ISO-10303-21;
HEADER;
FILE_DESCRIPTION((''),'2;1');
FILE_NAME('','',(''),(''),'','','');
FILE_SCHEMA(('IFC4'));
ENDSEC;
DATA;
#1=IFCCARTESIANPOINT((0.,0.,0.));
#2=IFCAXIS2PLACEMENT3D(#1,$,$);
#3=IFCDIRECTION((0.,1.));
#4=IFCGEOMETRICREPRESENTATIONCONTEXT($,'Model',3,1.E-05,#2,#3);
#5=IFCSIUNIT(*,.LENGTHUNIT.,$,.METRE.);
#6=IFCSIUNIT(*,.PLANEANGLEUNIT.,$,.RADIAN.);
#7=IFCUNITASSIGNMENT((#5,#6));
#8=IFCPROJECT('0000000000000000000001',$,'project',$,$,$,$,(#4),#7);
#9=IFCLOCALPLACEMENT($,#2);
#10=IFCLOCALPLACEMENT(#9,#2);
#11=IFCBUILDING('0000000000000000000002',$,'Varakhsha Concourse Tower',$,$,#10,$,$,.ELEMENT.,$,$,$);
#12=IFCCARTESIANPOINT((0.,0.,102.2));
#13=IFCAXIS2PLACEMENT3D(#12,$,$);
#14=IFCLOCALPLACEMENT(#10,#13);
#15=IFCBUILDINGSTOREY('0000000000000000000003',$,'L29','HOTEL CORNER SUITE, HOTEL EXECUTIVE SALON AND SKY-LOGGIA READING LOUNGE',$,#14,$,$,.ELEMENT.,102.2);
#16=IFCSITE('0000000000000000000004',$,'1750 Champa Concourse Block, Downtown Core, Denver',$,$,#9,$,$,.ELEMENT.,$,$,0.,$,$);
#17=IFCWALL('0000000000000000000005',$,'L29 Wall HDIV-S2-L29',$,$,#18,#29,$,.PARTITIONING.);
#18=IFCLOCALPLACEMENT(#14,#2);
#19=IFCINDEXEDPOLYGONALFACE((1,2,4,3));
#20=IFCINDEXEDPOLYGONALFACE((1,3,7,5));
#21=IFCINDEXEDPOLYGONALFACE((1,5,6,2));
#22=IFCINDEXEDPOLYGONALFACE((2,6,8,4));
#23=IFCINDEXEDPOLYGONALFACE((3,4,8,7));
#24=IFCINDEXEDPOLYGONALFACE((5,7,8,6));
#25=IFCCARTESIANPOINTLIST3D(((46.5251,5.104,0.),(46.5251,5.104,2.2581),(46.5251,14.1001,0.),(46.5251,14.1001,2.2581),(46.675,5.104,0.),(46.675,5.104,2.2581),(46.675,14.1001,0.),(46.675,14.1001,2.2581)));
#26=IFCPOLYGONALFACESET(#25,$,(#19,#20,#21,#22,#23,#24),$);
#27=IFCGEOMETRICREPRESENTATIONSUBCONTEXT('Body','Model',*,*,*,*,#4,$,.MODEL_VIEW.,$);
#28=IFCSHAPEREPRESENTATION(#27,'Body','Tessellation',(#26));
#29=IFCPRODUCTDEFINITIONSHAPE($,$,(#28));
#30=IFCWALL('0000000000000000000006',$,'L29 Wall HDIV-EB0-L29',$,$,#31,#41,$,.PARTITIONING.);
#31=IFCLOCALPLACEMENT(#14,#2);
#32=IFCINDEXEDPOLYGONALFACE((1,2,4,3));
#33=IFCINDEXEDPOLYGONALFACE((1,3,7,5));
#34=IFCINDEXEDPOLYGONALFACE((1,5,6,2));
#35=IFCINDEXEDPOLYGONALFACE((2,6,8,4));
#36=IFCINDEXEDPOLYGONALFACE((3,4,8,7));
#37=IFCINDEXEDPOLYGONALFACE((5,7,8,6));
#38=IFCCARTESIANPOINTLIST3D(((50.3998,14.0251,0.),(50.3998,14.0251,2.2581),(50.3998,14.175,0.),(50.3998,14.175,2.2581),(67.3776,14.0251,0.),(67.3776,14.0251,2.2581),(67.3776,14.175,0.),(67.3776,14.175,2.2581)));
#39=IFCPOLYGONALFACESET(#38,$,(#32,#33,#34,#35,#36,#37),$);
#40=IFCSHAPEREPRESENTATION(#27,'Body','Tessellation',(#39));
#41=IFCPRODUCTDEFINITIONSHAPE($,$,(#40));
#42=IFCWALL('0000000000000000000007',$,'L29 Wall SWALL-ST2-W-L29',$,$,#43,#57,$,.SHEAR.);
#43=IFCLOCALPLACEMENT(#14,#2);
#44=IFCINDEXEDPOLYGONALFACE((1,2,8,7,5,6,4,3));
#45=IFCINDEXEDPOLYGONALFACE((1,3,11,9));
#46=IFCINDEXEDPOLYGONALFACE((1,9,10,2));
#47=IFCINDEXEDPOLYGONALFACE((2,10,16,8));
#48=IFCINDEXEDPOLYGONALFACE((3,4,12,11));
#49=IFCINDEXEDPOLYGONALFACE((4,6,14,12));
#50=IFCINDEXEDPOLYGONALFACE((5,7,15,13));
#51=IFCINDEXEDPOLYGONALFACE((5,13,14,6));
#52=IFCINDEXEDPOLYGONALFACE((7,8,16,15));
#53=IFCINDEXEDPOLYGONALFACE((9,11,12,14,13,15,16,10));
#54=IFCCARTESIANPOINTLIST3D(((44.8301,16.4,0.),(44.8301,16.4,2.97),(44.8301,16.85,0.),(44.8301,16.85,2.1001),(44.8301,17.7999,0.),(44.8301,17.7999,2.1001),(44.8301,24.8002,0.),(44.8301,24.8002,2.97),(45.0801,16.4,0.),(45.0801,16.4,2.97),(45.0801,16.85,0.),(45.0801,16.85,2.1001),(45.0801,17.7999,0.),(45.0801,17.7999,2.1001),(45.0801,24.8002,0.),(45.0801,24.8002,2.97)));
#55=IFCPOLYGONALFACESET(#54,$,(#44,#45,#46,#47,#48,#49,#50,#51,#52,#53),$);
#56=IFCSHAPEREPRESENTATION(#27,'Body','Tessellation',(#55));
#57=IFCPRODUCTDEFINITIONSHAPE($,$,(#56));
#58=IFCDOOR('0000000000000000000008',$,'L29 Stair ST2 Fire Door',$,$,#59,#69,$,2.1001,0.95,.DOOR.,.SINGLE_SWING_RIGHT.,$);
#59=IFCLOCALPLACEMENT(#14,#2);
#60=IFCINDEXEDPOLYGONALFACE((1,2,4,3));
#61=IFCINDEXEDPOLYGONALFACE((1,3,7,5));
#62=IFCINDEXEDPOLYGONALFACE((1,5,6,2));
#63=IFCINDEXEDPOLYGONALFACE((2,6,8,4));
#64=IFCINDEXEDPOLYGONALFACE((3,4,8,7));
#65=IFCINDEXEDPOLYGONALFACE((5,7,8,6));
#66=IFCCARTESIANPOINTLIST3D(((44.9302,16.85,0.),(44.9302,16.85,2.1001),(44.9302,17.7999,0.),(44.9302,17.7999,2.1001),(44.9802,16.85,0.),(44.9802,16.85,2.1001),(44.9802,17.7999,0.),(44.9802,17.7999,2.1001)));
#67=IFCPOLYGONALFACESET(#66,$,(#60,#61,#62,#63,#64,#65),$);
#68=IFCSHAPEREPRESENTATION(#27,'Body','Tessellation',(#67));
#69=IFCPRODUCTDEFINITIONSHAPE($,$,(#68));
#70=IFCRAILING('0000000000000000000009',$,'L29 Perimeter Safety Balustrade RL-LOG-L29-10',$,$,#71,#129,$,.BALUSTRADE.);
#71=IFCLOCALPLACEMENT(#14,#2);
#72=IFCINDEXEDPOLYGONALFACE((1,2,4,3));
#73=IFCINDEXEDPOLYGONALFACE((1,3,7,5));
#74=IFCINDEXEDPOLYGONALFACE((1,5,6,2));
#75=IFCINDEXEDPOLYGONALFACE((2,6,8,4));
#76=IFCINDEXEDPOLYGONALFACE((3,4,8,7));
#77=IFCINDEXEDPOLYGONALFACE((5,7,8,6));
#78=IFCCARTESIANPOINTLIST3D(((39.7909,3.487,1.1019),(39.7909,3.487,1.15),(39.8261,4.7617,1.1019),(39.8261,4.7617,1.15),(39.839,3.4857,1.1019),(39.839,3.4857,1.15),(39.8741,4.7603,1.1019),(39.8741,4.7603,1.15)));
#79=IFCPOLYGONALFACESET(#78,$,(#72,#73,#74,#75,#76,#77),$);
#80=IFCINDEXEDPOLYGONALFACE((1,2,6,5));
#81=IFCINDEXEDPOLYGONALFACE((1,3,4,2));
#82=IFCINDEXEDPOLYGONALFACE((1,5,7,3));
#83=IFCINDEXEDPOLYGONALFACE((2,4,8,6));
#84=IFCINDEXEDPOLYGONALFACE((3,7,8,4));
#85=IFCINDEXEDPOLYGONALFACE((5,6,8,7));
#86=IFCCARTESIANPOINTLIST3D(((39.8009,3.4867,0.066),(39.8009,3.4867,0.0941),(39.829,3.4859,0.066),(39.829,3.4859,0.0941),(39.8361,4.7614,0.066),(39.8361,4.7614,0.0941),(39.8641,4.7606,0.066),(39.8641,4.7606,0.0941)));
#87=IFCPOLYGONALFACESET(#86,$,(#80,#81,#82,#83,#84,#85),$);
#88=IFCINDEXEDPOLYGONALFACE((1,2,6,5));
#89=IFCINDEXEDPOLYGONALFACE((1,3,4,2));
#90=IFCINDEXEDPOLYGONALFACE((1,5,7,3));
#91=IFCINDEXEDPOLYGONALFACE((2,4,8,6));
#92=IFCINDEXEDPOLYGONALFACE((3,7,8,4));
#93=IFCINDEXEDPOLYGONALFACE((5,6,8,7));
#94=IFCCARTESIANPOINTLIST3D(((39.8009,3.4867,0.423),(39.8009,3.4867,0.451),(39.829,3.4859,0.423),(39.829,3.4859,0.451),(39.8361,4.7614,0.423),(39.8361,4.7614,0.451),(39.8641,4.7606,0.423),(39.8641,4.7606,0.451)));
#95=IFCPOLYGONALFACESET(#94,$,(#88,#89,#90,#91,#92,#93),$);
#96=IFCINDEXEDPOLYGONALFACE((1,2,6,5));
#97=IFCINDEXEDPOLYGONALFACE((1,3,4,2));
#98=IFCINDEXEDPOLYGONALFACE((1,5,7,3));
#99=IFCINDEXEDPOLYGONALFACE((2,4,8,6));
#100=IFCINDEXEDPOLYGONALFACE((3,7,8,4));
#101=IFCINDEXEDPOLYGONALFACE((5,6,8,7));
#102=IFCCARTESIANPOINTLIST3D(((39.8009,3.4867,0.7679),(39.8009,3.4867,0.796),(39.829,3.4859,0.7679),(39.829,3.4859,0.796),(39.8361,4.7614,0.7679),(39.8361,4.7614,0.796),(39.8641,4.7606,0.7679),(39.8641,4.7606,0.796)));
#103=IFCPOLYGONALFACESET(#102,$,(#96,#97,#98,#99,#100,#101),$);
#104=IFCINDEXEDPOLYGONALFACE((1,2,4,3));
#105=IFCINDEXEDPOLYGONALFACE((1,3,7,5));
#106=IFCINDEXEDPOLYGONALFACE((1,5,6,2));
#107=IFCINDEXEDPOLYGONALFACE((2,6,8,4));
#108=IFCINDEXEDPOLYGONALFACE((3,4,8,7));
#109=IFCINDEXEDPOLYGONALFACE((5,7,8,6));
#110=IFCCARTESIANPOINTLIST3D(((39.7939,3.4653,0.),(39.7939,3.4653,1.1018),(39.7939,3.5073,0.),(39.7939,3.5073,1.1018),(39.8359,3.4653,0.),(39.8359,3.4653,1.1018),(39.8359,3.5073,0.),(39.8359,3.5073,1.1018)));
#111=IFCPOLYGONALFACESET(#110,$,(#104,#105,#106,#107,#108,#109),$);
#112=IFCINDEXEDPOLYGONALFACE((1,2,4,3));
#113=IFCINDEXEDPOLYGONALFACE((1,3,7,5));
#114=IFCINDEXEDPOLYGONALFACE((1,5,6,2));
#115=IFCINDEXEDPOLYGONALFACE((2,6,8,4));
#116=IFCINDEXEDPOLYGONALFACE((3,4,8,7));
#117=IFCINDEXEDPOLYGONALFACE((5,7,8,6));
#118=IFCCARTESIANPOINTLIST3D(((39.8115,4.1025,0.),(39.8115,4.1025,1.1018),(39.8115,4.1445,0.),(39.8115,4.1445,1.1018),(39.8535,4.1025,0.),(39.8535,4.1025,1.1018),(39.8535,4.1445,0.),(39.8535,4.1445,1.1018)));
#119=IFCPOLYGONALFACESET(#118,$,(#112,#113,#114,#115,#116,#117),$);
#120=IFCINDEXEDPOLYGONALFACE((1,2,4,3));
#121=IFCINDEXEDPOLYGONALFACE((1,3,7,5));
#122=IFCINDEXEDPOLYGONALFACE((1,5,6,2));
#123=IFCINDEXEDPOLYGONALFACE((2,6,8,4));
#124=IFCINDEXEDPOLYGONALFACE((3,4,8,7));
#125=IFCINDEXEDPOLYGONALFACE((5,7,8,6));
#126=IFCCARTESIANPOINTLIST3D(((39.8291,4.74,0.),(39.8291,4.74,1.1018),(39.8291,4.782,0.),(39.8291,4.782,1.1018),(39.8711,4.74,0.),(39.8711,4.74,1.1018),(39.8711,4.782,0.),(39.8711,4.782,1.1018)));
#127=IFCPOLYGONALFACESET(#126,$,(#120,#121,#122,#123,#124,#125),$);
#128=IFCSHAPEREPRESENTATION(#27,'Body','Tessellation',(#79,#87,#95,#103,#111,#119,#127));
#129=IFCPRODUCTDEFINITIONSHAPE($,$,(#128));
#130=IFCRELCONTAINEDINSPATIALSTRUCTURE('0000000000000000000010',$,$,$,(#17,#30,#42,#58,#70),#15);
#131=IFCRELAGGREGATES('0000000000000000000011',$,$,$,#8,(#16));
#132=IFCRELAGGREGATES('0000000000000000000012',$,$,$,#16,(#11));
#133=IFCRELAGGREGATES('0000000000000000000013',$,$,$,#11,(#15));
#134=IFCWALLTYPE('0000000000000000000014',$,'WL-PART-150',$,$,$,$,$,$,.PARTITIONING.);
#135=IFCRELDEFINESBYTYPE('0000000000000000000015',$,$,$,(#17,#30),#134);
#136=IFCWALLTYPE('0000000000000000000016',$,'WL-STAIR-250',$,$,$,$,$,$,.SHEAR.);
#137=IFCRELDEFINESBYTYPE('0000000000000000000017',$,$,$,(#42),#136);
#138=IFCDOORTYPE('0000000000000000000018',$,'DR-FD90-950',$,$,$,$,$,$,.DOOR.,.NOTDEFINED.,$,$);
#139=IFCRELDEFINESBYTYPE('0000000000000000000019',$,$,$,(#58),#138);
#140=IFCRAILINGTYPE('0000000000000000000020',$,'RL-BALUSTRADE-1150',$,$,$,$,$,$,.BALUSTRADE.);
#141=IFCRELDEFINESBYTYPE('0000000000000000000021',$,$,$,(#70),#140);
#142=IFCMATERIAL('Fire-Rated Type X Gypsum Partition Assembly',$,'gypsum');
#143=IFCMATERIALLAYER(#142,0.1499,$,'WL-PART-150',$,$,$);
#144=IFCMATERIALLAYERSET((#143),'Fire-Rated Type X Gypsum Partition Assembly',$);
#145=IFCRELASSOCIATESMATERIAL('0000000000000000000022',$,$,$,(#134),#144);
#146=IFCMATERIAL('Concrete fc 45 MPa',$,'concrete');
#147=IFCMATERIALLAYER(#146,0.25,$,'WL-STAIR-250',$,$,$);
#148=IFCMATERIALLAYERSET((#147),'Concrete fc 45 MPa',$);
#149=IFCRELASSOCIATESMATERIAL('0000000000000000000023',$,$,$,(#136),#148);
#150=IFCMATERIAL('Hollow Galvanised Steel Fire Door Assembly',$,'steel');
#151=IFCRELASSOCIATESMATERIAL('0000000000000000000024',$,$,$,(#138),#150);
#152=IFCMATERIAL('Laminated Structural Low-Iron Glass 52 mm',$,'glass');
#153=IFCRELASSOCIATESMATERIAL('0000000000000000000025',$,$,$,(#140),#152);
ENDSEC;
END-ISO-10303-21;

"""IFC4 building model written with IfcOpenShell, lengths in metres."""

from ifc_helpers import new_model, si_unit, direction, frame, frame_2d, origin, origin_2d, place, context, subcontext, project, spatial, rectangle, extrude, material, layer, layer_set, type_object, element, fill, save


model = new_model("IFC4")

# Units and contexts
model_context = context("Model", 3, precision=1e-05, world=origin(), true_north=direction((0.0, 1.0)))
body_context = subcontext(model_context, "Body", "Model", "MODEL_VIEW")
ifc_project = project(units=[si_unit("LENGTHUNIT", "METRE"), si_unit("PLANEANGLEUNIT", "RADIAN")], contexts=[model_context])

# Site, building, storey
site_placement = place(None, origin())
site = spatial("IfcSite", under=ifc_project, at=site_placement, Name="1750 Champa Concourse Block, Downtown Core, Denver", CompositionType="ELEMENT", RefElevation=0.0)
building_placement = place(site_placement, origin())
building = spatial("IfcBuilding", under=site, at=building_placement, Name="Varakhsha Concourse Tower", CompositionType="ELEMENT")
storey_placement = place(building_placement, frame((0.0, 0.0, 102.2)))
storey = spatial("IfcBuildingStorey", under=building, at=storey_placement, Name="L29", Description="HOTEL CORNER SUITE, HOTEL EXECUTIVE SALON AND SKY-LOGGIA READING LOUNGE", CompositionType="ELEMENT", Elevation=102.2)

# Shared definitions
ifc_material_1 = material(Name="Concrete fc 45 MPa", Category="concrete")

# Shared definitions
ifc_material_2 = material(Name="Fire-Rated Type X Gypsum Partition Assembly", Category="gypsum")

# Shared definitions
ifc_layer_1 = layer(ifc_material_2, 0.1499, Name="WL-PART-150")
ifc_layer_set_1 = layer_set([ifc_layer_1], Name="Fire-Rated Type X Gypsum Partition Assembly")
wall_type_1 = type_object("IfcWallType", Name="WL-PART-150", PredefinedType="PARTITIONING", material=ifc_layer_set_1)
ifc_material_3 = material(Name="Hollow Galvanised Steel Fire Door Assembly", Category="steel")

# Walls
wall_1_placement = place(storey_placement, frame((46.6001, 5.104, 0.0), z_axis=(0.0, 0.0, 1.0), x_axis=(0.0, 1.0, 0.0)))
element("IfcWall", 1, at=wall_1_placement, inside=storey, type_object=wall_type_1, Name="L29 Wall HDIV-S2-L29", PredefinedType="PARTITIONING", context=body_context, shape_type="SweptSolid", body=[
    extrude(rectangle(XDim=8.9961, YDim=0.1499, at=frame_2d((4.498, 0.0))), origin(), (0.0, 0.0, 1.0), 2.2581),
])
wall_2_placement = place(storey_placement, frame((50.3999, 14.1001, 0.0), z_axis=(0.0, 0.0, 1.0), x_axis=(1.0, 0.0, 0.0)))
element("IfcWall", 2, at=wall_2_placement, inside=storey, type_object=wall_type_1, Name="L29 Wall HDIV-EB0-L29", PredefinedType="PARTITIONING", context=body_context, shape_type="SweptSolid", body=[
    extrude(rectangle(XDim=16.9778, YDim=0.1499, at=frame_2d((8.4888, 0.0))), origin(), (0.0, 0.0, 1.0), 2.2581),
])

# Wall, opening, door
ifc_layer_2 = layer(ifc_material_1, 0.25, Name="WL-STAIR-250")
ifc_layer_set_2 = layer_set([ifc_layer_2], Name="Concrete fc 45 MPa")
wall_type_2 = type_object("IfcWallType", Name="WL-STAIR-250", PredefinedType="SHEAR", material=ifc_layer_set_2)
wall_3_placement = place(storey_placement, frame((44.9551, 16.3999, 0.0), z_axis=(0.0, 0.0, 1.0), x_axis=(0.0, 1.0, 0.0)))
wall_3 = element("IfcWall", 3, at=wall_3_placement, inside=storey, type_object=wall_type_2, Name="L29 Wall SWALL-ST2-W-L29", PredefinedType="SHEAR", context=body_context, shape_type="SweptSolid", body=[
    extrude(rectangle(XDim=8.4001, YDim=0.25, at=frame_2d((4.2002, 0.0))), origin(), (0.0, 0.0, 1.0), 2.97),
])
opening_1_placement = place(wall_3_placement, frame((0.45, 0.0, 0.0)))
opening_1 = element("IfcOpeningElement", 4, at=opening_1_placement, cuts=wall_3, PredefinedType="OPENING", context=body_context, shape_type="SweptSolid", body=[
    extrude(rectangle(XDim=0.95, YDim=2.1001, at=frame_2d((0.4751, 1.05))), frame((0.0, 0.135, 0.0), z_axis=(0.0, -1.0, 0.0), x_axis=(1.0, 0.0, 0.0)), (0.0, 0.0, 1.0), 0.27),
])
door_type_1 = type_object("IfcDoorType", Name="DR-FD90-950", OperationType="NOTDEFINED", PredefinedType="DOOR", material=ifc_material_3)
door_1_placement = place(opening_1_placement, origin())
door_1 = element("IfcDoor", 5, at=door_1_placement, inside=storey, type_object=door_type_1, Name="L29 Stair ST2 Fire Door", OperationType="SINGLE_SWING_RIGHT", OverallHeight=2.1001, OverallWidth=0.95, PredefinedType="DOOR", context=body_context, shape_type="SweptSolid", body=[
    extrude(rectangle(XDim=0.95, YDim=2.1001, at=frame_2d((0.4751, 1.05))), frame((0.0, 0.0249, 0.0), z_axis=(0.0, -1.0, 0.0), x_axis=(1.0, 0.0, 0.0)), (0.0, 0.0, 1.0), 0.05),
])
fill(opening_1, door_1)

# Railing
ifc_material_4 = material(Name="Laminated Structural Low-Iron Glass 52 mm", Category="glass")
railing_type = type_object("IfcRailingType", Name="RL-BALUSTRADE-1150", PredefinedType="BALUSTRADE", material=ifc_material_4)
railing_placement = place(storey_placement, frame((39.8149, 3.4863, 0.0)))
element("IfcRailing", 6, at=railing_placement, inside=storey, type_object=railing_type, Name="L29 Perimeter Safety Balustrade RL-LOG-L29-10", PredefinedType="BALUSTRADE", context=body_context, shape_type="SweptSolid", body=[
    extrude(rectangle(XDim=0.0481, YDim=0.0481, at=origin_2d()), frame((0.0, 0.0, 1.126), z_axis=(0.02757, 0.99962, 0.0), x_axis=(-0.99962, 0.02757, 0.0)), (0.0, 0.0, 1.0), 1.2751),
    extrude(rectangle(XDim=0.0281, YDim=0.0281, at=origin_2d()), frame((0.0, 0.0, 0.0801), z_axis=(0.02757, 0.99962, 0.0), x_axis=(-0.99962, 0.02757, 0.0)), (0.0, 0.0, 1.0), 1.2751),
    extrude(rectangle(XDim=0.0281, YDim=0.0281, at=origin_2d()), frame((0.0, 0.0, 0.437), z_axis=(0.02757, 0.99962, 0.0), x_axis=(-0.99962, 0.02757, 0.0)), (0.0, 0.0, 1.0), 1.2751),
    extrude(rectangle(XDim=0.0281, YDim=0.0281, at=origin_2d()), frame((0.0, 0.0, 0.782), z_axis=(0.02757, 0.99962, 0.0), x_axis=(-0.99962, 0.02757, 0.0)), (0.0, 0.0, 1.0), 1.2751),
    extrude(rectangle(XDim=0.042, YDim=0.042, at=origin_2d()), origin(), (0.0, 0.0, 1.0), 1.1018),
    extrude(rectangle(XDim=0.042, YDim=0.042, at=origin_2d()), frame((0.0176, 0.6372, 0.0)), (0.0, 0.0, 1.0), 1.1018),
    extrude(rectangle(XDim=0.042, YDim=0.042, at=origin_2d()), frame((0.0352, 1.2747, 0.0)), (0.0, 0.0, 1.0), 1.1018),
])

save(model, "model.ifc")
